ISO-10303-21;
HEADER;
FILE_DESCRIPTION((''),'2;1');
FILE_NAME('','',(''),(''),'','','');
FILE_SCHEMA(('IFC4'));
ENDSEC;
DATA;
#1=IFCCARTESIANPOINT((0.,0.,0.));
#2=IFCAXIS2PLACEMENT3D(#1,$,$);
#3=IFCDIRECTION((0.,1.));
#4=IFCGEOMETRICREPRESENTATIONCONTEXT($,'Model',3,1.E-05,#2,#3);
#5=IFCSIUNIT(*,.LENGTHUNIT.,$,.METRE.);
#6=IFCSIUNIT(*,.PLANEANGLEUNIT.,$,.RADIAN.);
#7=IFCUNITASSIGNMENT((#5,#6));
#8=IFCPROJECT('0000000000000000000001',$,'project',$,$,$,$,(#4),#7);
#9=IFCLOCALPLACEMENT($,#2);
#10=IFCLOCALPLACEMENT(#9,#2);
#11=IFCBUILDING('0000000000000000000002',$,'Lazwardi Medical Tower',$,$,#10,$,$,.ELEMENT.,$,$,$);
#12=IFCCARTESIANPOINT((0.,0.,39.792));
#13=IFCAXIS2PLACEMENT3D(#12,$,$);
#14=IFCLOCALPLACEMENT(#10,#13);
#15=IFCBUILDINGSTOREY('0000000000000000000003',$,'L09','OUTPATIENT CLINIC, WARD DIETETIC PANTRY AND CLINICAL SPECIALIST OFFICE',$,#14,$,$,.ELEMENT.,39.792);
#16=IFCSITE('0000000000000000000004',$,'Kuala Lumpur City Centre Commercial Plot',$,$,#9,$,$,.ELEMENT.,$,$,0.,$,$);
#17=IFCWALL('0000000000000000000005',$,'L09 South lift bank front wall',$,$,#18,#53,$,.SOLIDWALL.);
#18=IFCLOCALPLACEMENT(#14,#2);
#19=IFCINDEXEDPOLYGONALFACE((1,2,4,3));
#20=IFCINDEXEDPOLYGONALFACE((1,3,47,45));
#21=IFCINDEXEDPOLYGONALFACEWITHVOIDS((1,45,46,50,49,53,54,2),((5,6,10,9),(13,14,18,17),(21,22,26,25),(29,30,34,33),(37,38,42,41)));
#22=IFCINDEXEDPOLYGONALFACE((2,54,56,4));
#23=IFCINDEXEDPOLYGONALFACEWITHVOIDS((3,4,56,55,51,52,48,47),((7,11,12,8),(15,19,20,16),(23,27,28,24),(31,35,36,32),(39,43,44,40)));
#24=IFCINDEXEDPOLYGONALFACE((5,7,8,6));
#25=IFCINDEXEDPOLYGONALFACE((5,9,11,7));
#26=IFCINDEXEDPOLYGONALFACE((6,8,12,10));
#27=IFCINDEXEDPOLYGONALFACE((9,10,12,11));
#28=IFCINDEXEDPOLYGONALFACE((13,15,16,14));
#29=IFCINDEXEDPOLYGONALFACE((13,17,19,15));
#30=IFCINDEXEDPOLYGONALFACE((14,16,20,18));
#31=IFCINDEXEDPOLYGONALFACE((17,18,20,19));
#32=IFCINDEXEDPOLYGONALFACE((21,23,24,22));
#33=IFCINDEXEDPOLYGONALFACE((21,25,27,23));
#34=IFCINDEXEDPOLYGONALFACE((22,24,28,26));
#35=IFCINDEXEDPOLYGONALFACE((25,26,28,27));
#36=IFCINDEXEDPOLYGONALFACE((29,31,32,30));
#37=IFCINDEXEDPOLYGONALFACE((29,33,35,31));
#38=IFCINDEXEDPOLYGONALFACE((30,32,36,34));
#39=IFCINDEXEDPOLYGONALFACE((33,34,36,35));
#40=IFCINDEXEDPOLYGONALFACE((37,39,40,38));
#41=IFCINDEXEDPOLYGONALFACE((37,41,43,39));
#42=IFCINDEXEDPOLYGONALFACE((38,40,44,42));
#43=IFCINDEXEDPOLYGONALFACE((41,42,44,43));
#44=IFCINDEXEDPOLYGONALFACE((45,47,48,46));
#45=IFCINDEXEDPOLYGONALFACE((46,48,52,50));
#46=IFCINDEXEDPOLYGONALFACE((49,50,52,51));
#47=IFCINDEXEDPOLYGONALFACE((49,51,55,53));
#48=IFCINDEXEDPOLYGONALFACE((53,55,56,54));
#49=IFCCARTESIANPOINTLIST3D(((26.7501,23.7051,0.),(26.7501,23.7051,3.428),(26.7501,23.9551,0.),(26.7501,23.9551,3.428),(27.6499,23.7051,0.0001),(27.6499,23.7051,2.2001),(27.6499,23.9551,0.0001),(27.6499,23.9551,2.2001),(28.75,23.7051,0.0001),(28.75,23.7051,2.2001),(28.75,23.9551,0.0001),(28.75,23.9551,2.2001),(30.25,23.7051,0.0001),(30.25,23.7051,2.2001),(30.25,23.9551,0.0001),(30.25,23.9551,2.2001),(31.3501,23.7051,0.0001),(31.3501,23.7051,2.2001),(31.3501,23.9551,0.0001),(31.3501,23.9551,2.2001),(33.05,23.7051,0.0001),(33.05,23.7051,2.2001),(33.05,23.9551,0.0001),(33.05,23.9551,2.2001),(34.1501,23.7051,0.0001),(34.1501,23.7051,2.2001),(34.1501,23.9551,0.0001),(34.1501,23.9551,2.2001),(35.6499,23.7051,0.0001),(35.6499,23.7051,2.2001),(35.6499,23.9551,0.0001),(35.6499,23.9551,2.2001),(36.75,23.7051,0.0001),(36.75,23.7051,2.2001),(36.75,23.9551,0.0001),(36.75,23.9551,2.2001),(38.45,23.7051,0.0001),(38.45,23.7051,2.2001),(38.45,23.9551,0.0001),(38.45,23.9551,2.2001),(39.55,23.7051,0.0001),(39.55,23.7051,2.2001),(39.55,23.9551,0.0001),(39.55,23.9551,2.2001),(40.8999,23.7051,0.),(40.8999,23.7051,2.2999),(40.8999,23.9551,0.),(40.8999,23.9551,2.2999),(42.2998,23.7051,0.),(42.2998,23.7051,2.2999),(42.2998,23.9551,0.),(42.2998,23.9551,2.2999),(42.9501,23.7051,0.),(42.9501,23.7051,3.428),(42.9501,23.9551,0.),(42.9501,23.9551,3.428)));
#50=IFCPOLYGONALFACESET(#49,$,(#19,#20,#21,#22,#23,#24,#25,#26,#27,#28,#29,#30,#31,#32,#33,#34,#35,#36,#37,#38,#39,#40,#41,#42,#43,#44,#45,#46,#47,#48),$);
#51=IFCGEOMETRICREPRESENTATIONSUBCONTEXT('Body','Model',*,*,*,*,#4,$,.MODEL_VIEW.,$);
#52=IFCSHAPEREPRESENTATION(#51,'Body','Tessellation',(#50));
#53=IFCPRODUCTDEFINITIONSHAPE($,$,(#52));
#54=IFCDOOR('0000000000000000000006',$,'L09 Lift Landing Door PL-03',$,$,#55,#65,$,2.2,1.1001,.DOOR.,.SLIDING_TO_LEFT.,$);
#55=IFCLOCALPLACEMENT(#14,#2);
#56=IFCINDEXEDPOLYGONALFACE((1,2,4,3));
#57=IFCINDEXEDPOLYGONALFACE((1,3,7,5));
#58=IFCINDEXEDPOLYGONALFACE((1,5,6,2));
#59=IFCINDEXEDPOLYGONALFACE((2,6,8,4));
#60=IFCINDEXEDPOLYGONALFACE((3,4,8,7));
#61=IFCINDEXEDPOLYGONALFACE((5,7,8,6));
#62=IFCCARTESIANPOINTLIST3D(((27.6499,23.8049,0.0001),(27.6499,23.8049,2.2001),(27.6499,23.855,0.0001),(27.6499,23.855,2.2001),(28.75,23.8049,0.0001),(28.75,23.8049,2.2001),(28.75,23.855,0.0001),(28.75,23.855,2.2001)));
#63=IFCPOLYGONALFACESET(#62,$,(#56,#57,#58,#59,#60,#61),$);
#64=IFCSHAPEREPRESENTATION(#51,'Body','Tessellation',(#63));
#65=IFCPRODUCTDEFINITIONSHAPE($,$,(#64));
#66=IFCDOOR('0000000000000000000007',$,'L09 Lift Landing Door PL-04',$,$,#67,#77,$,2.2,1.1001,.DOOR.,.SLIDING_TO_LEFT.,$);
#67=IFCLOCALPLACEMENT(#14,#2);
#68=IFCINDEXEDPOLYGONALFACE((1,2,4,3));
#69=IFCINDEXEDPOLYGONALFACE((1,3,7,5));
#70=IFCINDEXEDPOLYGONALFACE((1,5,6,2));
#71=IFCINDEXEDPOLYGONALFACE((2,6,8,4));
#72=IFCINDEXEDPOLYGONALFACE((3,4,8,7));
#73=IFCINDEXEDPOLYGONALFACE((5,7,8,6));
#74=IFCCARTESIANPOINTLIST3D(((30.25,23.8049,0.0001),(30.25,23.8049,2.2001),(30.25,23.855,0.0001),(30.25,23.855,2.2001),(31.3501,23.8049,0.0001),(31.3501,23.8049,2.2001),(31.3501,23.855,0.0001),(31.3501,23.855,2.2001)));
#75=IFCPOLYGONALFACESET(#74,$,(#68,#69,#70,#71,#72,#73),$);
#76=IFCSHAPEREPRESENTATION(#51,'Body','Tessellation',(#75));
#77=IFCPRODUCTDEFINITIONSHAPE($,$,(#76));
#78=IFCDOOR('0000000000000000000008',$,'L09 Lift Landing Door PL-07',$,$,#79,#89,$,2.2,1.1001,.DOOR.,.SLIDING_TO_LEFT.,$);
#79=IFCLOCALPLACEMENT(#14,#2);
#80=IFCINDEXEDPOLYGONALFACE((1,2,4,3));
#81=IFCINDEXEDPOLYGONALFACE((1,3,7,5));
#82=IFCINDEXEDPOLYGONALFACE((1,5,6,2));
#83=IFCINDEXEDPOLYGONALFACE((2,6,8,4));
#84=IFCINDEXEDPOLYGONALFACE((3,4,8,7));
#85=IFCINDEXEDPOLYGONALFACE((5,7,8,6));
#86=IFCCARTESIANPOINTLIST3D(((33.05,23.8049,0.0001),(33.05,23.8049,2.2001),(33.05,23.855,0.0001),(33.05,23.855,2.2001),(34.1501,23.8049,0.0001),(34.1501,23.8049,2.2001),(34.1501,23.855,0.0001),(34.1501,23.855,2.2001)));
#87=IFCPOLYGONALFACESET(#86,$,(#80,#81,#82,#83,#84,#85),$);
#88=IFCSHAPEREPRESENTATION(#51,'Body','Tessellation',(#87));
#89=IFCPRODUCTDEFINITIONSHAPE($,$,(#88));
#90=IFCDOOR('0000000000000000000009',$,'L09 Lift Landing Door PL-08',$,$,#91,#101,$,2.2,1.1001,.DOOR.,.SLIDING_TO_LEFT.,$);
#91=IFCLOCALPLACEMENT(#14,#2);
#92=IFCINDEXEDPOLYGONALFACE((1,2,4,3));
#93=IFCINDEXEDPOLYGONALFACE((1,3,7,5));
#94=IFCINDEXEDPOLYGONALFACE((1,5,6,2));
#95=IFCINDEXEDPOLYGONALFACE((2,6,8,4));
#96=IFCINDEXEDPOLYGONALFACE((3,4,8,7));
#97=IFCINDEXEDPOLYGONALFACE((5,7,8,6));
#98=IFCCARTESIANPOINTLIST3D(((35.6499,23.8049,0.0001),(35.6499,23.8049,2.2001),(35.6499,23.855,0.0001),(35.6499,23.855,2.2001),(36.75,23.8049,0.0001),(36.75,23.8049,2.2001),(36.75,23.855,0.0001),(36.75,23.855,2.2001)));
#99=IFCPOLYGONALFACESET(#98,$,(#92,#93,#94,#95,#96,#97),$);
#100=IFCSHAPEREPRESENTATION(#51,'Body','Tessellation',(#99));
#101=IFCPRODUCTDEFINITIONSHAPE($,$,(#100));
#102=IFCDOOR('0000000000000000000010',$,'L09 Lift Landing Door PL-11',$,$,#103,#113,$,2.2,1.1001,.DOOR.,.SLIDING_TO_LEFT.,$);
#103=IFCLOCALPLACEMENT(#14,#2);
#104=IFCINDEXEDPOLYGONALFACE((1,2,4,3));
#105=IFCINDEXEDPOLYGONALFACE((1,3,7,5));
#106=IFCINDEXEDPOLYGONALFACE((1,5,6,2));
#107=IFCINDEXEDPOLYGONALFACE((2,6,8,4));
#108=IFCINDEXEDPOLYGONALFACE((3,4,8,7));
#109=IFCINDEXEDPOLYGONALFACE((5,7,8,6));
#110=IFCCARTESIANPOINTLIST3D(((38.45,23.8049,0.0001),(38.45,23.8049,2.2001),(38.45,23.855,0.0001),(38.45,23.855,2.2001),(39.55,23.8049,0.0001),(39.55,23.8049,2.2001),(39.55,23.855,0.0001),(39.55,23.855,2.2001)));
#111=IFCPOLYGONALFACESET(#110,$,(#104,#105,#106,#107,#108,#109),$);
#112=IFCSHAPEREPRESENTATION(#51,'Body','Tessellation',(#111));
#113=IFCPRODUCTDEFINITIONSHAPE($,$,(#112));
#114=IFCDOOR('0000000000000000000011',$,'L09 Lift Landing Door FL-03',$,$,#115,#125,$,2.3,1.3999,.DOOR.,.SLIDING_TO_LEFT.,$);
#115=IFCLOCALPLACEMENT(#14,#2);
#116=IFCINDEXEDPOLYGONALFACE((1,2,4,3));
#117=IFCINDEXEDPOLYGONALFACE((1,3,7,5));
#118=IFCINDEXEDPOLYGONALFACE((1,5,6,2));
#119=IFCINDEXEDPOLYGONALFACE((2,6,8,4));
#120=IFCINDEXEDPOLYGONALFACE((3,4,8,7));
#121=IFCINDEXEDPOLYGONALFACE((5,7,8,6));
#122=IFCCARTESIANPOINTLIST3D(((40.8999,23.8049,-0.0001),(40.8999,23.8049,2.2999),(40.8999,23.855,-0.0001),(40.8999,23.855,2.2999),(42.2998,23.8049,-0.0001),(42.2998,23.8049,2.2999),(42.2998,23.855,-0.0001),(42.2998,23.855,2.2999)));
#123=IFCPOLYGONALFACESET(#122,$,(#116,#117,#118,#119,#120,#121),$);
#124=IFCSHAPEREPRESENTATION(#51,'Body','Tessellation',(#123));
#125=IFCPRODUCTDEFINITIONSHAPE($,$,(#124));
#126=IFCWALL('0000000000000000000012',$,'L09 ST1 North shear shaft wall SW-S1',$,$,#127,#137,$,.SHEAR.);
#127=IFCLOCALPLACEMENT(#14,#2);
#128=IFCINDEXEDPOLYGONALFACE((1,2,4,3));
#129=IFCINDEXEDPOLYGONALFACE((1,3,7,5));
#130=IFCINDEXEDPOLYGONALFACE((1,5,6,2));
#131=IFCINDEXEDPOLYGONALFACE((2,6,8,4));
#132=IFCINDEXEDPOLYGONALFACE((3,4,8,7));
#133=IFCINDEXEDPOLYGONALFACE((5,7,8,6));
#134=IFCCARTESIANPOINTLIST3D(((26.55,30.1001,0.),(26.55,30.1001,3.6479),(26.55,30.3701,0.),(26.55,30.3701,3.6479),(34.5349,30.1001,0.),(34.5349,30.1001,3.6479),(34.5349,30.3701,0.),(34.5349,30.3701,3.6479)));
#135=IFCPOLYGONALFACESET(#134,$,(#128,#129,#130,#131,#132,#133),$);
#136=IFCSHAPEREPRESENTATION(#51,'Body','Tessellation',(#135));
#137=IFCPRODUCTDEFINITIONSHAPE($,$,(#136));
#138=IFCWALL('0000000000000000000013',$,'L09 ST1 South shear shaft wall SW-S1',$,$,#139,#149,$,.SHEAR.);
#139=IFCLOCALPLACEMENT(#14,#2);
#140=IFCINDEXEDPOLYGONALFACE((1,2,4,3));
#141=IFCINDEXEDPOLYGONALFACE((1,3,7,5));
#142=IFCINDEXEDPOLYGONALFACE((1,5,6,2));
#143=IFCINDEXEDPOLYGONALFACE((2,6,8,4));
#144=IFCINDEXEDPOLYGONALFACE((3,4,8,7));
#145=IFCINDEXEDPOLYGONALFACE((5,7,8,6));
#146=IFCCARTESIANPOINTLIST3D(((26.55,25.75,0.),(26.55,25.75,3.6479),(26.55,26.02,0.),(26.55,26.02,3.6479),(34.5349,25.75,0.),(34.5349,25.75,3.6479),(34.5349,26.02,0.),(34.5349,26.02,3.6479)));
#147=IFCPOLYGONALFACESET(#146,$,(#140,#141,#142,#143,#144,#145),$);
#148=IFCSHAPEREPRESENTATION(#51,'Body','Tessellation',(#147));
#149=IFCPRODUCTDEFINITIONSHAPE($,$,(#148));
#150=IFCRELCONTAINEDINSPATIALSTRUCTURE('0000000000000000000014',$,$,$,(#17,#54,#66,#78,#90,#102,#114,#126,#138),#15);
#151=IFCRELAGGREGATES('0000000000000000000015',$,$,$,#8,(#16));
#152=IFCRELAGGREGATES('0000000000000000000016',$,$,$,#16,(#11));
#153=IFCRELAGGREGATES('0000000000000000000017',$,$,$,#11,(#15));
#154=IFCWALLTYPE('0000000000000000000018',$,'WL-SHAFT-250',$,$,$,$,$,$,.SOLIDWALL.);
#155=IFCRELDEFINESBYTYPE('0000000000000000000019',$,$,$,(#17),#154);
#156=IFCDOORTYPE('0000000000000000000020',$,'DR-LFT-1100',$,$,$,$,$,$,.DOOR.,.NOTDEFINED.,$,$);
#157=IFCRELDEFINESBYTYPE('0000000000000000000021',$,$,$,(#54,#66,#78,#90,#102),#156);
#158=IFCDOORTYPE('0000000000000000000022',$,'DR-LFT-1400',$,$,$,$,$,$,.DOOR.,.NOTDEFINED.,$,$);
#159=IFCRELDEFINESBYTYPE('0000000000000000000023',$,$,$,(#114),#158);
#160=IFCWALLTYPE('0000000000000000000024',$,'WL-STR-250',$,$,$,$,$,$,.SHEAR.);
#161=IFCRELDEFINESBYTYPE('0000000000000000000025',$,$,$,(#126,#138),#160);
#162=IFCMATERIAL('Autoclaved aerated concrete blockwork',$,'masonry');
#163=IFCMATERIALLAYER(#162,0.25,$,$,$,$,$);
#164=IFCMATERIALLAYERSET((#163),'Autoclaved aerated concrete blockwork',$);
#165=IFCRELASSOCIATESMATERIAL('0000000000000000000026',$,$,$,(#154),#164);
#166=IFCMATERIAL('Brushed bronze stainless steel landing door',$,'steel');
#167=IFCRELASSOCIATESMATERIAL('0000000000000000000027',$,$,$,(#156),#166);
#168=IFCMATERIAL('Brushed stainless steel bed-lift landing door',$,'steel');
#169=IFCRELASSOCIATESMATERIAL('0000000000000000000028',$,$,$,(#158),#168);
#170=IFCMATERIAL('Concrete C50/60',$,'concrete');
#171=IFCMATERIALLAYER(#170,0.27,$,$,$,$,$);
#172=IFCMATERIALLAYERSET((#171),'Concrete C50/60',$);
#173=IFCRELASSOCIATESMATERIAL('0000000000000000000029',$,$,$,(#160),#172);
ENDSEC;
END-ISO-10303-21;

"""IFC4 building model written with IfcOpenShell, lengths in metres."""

from ifc_helpers import new_model, si_unit, direction, frame, frame_2d, origin, place, context, subcontext, project, spatial, rectangle, extrude, material, layer, layer_set, type_object, element, fill, save


model = new_model("IFC4")

# Units and contexts
model_context = context("Model", 3, precision=1e-05, world=origin(), true_north=direction((0.0, 1.0)))
body_context = subcontext(model_context, "Body", "Model", "MODEL_VIEW")
ifc_project = project(units=[si_unit("LENGTHUNIT", "METRE"), si_unit("PLANEANGLEUNIT", "RADIAN")], contexts=[model_context])

# Site, building, storey
site_placement = place(None, origin())
site = spatial("IfcSite", under=ifc_project, at=site_placement, Name="Kuala Lumpur City Centre Commercial Plot", CompositionType="ELEMENT", RefElevation=0.0)
building_placement = place(site_placement, origin())
building = spatial("IfcBuilding", under=site, at=building_placement, Name="Lazwardi Medical Tower", CompositionType="ELEMENT")
storey_placement = place(building_placement, frame((0.0, 0.0, 39.792)))
storey = spatial("IfcBuildingStorey", under=building, at=storey_placement, Name="L09", Description="OUTPATIENT CLINIC, WARD DIETETIC PANTRY AND CLINICAL SPECIALIST OFFICE", CompositionType="ELEMENT", Elevation=39.792)

# Wall, openings, doors
ifc_material_1 = material(Name="Autoclaved aerated concrete blockwork", Category="masonry")
ifc_layer_1 = layer(ifc_material_1, 0.25)
ifc_layer_set_1 = layer_set([ifc_layer_1], Name="Autoclaved aerated concrete blockwork")
wall_type_1 = type_object("IfcWallType", Name="WL-SHAFT-250", PredefinedType="SOLIDWALL", material=ifc_layer_set_1)
wall_1_placement = place(storey_placement, frame((26.75, 23.8301, 0.0), z_axis=(0.0, 0.0, 1.0), x_axis=(1.0, 0.0, 0.0)))
wall_1 = element("IfcWall", 1, at=wall_1_placement, inside=storey, type_object=wall_type_1, Name="L09 South lift bank front wall", PredefinedType="SOLIDWALL", context=body_context, shape_type="SweptSolid", body=[
    extrude(rectangle(XDim=16.2, YDim=0.25, at=frame_2d((8.1001, 0.0))), origin(), (0.0, 0.0, 1.0), 3.428),
])
opening_1_placement = place(wall_1_placement, frame((0.8999, 0.0, 0.0)))
opening_1 = element("IfcOpeningElement", 2, at=opening_1_placement, cuts=wall_1, PredefinedType="OPENING", context=body_context, shape_type="SweptSolid", body=[
    extrude(rectangle(XDim=1.1001, YDim=2.2, at=frame_2d((0.55, 1.1001))), frame((0.0, 0.135, 0.0), z_axis=(0.0, -1.0, 0.0), x_axis=(1.0, 0.0, 0.0)), (0.0, 0.0, 1.0), 0.27),
])
opening_2_placement = place(wall_1_placement, frame((3.5, 0.0, 0.0)))
opening_2 = element("IfcOpeningElement", 3, at=opening_2_placement, cuts=wall_1, PredefinedType="OPENING", context=body_context, shape_type="SweptSolid", body=[
    extrude(rectangle(XDim=1.1001, YDim=2.2, at=frame_2d((0.55, 1.1001))), frame((0.0, 0.135, 0.0), z_axis=(0.0, -1.0, 0.0), x_axis=(1.0, 0.0, 0.0)), (0.0, 0.0, 1.0), 0.27),
])
opening_3_placement = place(wall_1_placement, frame((6.3, 0.0, 0.0)))
opening_3 = element("IfcOpeningElement", 4, at=opening_3_placement, cuts=wall_1, PredefinedType="OPENING", context=body_context, shape_type="SweptSolid", body=[
    extrude(rectangle(XDim=1.1001, YDim=2.2, at=frame_2d((0.55, 1.1001))), frame((0.0, 0.135, 0.0), z_axis=(0.0, -1.0, 0.0), x_axis=(1.0, 0.0, 0.0)), (0.0, 0.0, 1.0), 0.27),
])
opening_4_placement = place(wall_1_placement, frame((8.8999, 0.0, 0.0)))
opening_4 = element("IfcOpeningElement", 5, at=opening_4_placement, cuts=wall_1, PredefinedType="OPENING", context=body_context, shape_type="SweptSolid", body=[
    extrude(rectangle(XDim=1.1001, YDim=2.2, at=frame_2d((0.55, 1.1001))), frame((0.0, 0.135, 0.0), z_axis=(0.0, -1.0, 0.0), x_axis=(1.0, 0.0, 0.0)), (0.0, 0.0, 1.0), 0.27),
])
opening_5_placement = place(wall_1_placement, frame((11.7, 0.0, 0.0)))
opening_5 = element("IfcOpeningElement", 6, at=opening_5_placement, cuts=wall_1, PredefinedType="OPENING", context=body_context, shape_type="SweptSolid", body=[
    extrude(rectangle(XDim=1.1001, YDim=2.2, at=frame_2d((0.55, 1.1001))), frame((0.0, 0.135, 0.0), z_axis=(0.0, -1.0, 0.0), x_axis=(1.0, 0.0, 0.0)), (0.0, 0.0, 1.0), 0.27),
])
opening_6_placement = place(wall_1_placement, frame((14.1499, 0.0, 0.0)))
opening_6 = element("IfcOpeningElement", 7, at=opening_6_placement, cuts=wall_1, PredefinedType="OPENING", context=body_context, shape_type="SweptSolid", body=[
    extrude(rectangle(XDim=1.3999, YDim=2.3, at=frame_2d((0.7, 1.1499))), frame((0.0, 0.135, 0.0), z_axis=(0.0, -1.0, 0.0), x_axis=(1.0, 0.0, 0.0)), (0.0, 0.0, 1.0), 0.27),
])
ifc_material_2 = material(Name="Brushed bronze stainless steel landing door", Category="steel")
door_type_1 = type_object("IfcDoorType", Name="DR-LFT-1100", OperationType="NOTDEFINED", PredefinedType="DOOR", material=ifc_material_2)
door_1_placement = place(opening_1_placement, origin())
door_1 = element("IfcDoor", 8, at=door_1_placement, inside=storey, type_object=door_type_1, Name="L09 Lift Landing Door PL-03", OperationType="SLIDING_TO_LEFT", OverallHeight=2.2, OverallWidth=1.1001, PredefinedType="DOOR", context=body_context, shape_type="SweptSolid", body=[
    extrude(rectangle(XDim=1.1001, YDim=2.2, at=frame_2d((0.55, 1.1001))), frame((0.0, 0.0249, 0.0), z_axis=(0.0, -1.0, 0.0), x_axis=(1.0, 0.0, 0.0)), (0.0, 0.0, 1.0), 0.05),
])
fill(opening_1, door_1)
door_2_placement = place(opening_2_placement, origin())
door_2 = element("IfcDoor", 9, at=door_2_placement, inside=storey, type_object=door_type_1, Name="L09 Lift Landing Door PL-04", OperationType="SLIDING_TO_LEFT", OverallHeight=2.2, OverallWidth=1.1001, PredefinedType="DOOR", context=body_context, shape_type="SweptSolid", body=[
    extrude(rectangle(XDim=1.1001, YDim=2.2, at=frame_2d((0.55, 1.1001))), frame((0.0, 0.0249, 0.0), z_axis=(0.0, -1.0, 0.0), x_axis=(1.0, 0.0, 0.0)), (0.0, 0.0, 1.0), 0.05),
])
fill(opening_2, door_2)
door_3_placement = place(opening_3_placement, origin())
door_3 = element("IfcDoor", 10, at=door_3_placement, inside=storey, type_object=door_type_1, Name="L09 Lift Landing Door PL-07", OperationType="SLIDING_TO_LEFT", OverallHeight=2.2, OverallWidth=1.1001, PredefinedType="DOOR", context=body_context, shape_type="SweptSolid", body=[
    extrude(rectangle(XDim=1.1001, YDim=2.2, at=frame_2d((0.55, 1.1001))), frame((0.0, 0.0249, 0.0), z_axis=(0.0, -1.0, 0.0), x_axis=(1.0, 0.0, 0.0)), (0.0, 0.0, 1.0), 0.05),
])
fill(opening_3, door_3)
door_4_placement = place(opening_4_placement, origin())
door_4 = element("IfcDoor", 11, at=door_4_placement, inside=storey, type_object=door_type_1, Name="L09 Lift Landing Door PL-08", OperationType="SLIDING_TO_LEFT", OverallHeight=2.2, OverallWidth=1.1001, PredefinedType="DOOR", context=body_context, shape_type="SweptSolid", body=[
    extrude(rectangle(XDim=1.1001, YDim=2.2, at=frame_2d((0.55, 1.1001))), frame((0.0, 0.0249, 0.0), z_axis=(0.0, -1.0, 0.0), x_axis=(1.0, 0.0, 0.0)), (0.0, 0.0, 1.0), 0.05),
])
fill(opening_4, door_4)
door_5_placement = place(opening_5_placement, origin())
door_5 = element("IfcDoor", 12, at=door_5_placement, inside=storey, type_object=door_type_1, Name="L09 Lift Landing Door PL-11", OperationType="SLIDING_TO_LEFT", OverallHeight=2.2, OverallWidth=1.1001, PredefinedType="DOOR", context=body_context, shape_type="SweptSolid", body=[
    extrude(rectangle(XDim=1.1001, YDim=2.2, at=frame_2d((0.55, 1.1001))), frame((0.0, 0.0249, 0.0), z_axis=(0.0, -1.0, 0.0), x_axis=(1.0, 0.0, 0.0)), (0.0, 0.0, 1.0), 0.05),
])
fill(opening_5, door_5)
ifc_material_3 = material(Name="Brushed stainless steel bed-lift landing door", Category="steel")
door_type_2 = type_object("IfcDoorType", Name="DR-LFT-1400", OperationType="NOTDEFINED", PredefinedType="DOOR", material=ifc_material_3)
door_6_placement = place(opening_6_placement, origin())
door_6 = element("IfcDoor", 13, at=door_6_placement, inside=storey, type_object=door_type_2, Name="L09 Lift Landing Door FL-03", OperationType="SLIDING_TO_LEFT", OverallHeight=2.3, OverallWidth=1.3999, PredefinedType="DOOR", context=body_context, shape_type="SweptSolid", body=[
    extrude(rectangle(XDim=1.3999, YDim=2.3, at=frame_2d((0.7, 1.1499))), frame((0.0, 0.0249, 0.0), z_axis=(0.0, -1.0, 0.0), x_axis=(1.0, 0.0, 0.0)), (0.0, 0.0, 1.0), 0.05),
])
fill(opening_6, door_6)

# Walls
ifc_material_4 = material(Name="Concrete C50/60", Category="concrete")
ifc_layer_2 = layer(ifc_material_4, 0.27)
ifc_layer_set_2 = layer_set([ifc_layer_2], Name="Concrete C50/60")
wall_type_2 = type_object("IfcWallType", Name="WL-STR-250", PredefinedType="SHEAR", material=ifc_layer_set_2)
for number, where, z_axis, x_axis, name in (
    (14, (26.55, 30.2351, 0.0), (0.0, 0.0, 1.0), (1.0, 0.0, 0.0), "L09 ST1 North shear shaft wall SW-S1"),
    (15, (26.55, 25.885, 0.0), (0.0, 0.0, 1.0), (1.0, 0.0, 0.0), "L09 ST1 South shear shaft wall SW-S1"),
):
    element("IfcWall", number, at=place(storey_placement, frame(where, z_axis=z_axis, x_axis=x_axis)), inside=storey, type_object=wall_type_2, Name=name, PredefinedType="SHEAR", context=body_context, shape_type="SweptSolid", body=[
        extrude(rectangle(XDim=7.9849, YDim=0.27, at=frame_2d((3.9924, 0.0))), origin(), (0.0, 0.0, 1.0), 3.6479),
    ])

save(model, "model.ifc")
